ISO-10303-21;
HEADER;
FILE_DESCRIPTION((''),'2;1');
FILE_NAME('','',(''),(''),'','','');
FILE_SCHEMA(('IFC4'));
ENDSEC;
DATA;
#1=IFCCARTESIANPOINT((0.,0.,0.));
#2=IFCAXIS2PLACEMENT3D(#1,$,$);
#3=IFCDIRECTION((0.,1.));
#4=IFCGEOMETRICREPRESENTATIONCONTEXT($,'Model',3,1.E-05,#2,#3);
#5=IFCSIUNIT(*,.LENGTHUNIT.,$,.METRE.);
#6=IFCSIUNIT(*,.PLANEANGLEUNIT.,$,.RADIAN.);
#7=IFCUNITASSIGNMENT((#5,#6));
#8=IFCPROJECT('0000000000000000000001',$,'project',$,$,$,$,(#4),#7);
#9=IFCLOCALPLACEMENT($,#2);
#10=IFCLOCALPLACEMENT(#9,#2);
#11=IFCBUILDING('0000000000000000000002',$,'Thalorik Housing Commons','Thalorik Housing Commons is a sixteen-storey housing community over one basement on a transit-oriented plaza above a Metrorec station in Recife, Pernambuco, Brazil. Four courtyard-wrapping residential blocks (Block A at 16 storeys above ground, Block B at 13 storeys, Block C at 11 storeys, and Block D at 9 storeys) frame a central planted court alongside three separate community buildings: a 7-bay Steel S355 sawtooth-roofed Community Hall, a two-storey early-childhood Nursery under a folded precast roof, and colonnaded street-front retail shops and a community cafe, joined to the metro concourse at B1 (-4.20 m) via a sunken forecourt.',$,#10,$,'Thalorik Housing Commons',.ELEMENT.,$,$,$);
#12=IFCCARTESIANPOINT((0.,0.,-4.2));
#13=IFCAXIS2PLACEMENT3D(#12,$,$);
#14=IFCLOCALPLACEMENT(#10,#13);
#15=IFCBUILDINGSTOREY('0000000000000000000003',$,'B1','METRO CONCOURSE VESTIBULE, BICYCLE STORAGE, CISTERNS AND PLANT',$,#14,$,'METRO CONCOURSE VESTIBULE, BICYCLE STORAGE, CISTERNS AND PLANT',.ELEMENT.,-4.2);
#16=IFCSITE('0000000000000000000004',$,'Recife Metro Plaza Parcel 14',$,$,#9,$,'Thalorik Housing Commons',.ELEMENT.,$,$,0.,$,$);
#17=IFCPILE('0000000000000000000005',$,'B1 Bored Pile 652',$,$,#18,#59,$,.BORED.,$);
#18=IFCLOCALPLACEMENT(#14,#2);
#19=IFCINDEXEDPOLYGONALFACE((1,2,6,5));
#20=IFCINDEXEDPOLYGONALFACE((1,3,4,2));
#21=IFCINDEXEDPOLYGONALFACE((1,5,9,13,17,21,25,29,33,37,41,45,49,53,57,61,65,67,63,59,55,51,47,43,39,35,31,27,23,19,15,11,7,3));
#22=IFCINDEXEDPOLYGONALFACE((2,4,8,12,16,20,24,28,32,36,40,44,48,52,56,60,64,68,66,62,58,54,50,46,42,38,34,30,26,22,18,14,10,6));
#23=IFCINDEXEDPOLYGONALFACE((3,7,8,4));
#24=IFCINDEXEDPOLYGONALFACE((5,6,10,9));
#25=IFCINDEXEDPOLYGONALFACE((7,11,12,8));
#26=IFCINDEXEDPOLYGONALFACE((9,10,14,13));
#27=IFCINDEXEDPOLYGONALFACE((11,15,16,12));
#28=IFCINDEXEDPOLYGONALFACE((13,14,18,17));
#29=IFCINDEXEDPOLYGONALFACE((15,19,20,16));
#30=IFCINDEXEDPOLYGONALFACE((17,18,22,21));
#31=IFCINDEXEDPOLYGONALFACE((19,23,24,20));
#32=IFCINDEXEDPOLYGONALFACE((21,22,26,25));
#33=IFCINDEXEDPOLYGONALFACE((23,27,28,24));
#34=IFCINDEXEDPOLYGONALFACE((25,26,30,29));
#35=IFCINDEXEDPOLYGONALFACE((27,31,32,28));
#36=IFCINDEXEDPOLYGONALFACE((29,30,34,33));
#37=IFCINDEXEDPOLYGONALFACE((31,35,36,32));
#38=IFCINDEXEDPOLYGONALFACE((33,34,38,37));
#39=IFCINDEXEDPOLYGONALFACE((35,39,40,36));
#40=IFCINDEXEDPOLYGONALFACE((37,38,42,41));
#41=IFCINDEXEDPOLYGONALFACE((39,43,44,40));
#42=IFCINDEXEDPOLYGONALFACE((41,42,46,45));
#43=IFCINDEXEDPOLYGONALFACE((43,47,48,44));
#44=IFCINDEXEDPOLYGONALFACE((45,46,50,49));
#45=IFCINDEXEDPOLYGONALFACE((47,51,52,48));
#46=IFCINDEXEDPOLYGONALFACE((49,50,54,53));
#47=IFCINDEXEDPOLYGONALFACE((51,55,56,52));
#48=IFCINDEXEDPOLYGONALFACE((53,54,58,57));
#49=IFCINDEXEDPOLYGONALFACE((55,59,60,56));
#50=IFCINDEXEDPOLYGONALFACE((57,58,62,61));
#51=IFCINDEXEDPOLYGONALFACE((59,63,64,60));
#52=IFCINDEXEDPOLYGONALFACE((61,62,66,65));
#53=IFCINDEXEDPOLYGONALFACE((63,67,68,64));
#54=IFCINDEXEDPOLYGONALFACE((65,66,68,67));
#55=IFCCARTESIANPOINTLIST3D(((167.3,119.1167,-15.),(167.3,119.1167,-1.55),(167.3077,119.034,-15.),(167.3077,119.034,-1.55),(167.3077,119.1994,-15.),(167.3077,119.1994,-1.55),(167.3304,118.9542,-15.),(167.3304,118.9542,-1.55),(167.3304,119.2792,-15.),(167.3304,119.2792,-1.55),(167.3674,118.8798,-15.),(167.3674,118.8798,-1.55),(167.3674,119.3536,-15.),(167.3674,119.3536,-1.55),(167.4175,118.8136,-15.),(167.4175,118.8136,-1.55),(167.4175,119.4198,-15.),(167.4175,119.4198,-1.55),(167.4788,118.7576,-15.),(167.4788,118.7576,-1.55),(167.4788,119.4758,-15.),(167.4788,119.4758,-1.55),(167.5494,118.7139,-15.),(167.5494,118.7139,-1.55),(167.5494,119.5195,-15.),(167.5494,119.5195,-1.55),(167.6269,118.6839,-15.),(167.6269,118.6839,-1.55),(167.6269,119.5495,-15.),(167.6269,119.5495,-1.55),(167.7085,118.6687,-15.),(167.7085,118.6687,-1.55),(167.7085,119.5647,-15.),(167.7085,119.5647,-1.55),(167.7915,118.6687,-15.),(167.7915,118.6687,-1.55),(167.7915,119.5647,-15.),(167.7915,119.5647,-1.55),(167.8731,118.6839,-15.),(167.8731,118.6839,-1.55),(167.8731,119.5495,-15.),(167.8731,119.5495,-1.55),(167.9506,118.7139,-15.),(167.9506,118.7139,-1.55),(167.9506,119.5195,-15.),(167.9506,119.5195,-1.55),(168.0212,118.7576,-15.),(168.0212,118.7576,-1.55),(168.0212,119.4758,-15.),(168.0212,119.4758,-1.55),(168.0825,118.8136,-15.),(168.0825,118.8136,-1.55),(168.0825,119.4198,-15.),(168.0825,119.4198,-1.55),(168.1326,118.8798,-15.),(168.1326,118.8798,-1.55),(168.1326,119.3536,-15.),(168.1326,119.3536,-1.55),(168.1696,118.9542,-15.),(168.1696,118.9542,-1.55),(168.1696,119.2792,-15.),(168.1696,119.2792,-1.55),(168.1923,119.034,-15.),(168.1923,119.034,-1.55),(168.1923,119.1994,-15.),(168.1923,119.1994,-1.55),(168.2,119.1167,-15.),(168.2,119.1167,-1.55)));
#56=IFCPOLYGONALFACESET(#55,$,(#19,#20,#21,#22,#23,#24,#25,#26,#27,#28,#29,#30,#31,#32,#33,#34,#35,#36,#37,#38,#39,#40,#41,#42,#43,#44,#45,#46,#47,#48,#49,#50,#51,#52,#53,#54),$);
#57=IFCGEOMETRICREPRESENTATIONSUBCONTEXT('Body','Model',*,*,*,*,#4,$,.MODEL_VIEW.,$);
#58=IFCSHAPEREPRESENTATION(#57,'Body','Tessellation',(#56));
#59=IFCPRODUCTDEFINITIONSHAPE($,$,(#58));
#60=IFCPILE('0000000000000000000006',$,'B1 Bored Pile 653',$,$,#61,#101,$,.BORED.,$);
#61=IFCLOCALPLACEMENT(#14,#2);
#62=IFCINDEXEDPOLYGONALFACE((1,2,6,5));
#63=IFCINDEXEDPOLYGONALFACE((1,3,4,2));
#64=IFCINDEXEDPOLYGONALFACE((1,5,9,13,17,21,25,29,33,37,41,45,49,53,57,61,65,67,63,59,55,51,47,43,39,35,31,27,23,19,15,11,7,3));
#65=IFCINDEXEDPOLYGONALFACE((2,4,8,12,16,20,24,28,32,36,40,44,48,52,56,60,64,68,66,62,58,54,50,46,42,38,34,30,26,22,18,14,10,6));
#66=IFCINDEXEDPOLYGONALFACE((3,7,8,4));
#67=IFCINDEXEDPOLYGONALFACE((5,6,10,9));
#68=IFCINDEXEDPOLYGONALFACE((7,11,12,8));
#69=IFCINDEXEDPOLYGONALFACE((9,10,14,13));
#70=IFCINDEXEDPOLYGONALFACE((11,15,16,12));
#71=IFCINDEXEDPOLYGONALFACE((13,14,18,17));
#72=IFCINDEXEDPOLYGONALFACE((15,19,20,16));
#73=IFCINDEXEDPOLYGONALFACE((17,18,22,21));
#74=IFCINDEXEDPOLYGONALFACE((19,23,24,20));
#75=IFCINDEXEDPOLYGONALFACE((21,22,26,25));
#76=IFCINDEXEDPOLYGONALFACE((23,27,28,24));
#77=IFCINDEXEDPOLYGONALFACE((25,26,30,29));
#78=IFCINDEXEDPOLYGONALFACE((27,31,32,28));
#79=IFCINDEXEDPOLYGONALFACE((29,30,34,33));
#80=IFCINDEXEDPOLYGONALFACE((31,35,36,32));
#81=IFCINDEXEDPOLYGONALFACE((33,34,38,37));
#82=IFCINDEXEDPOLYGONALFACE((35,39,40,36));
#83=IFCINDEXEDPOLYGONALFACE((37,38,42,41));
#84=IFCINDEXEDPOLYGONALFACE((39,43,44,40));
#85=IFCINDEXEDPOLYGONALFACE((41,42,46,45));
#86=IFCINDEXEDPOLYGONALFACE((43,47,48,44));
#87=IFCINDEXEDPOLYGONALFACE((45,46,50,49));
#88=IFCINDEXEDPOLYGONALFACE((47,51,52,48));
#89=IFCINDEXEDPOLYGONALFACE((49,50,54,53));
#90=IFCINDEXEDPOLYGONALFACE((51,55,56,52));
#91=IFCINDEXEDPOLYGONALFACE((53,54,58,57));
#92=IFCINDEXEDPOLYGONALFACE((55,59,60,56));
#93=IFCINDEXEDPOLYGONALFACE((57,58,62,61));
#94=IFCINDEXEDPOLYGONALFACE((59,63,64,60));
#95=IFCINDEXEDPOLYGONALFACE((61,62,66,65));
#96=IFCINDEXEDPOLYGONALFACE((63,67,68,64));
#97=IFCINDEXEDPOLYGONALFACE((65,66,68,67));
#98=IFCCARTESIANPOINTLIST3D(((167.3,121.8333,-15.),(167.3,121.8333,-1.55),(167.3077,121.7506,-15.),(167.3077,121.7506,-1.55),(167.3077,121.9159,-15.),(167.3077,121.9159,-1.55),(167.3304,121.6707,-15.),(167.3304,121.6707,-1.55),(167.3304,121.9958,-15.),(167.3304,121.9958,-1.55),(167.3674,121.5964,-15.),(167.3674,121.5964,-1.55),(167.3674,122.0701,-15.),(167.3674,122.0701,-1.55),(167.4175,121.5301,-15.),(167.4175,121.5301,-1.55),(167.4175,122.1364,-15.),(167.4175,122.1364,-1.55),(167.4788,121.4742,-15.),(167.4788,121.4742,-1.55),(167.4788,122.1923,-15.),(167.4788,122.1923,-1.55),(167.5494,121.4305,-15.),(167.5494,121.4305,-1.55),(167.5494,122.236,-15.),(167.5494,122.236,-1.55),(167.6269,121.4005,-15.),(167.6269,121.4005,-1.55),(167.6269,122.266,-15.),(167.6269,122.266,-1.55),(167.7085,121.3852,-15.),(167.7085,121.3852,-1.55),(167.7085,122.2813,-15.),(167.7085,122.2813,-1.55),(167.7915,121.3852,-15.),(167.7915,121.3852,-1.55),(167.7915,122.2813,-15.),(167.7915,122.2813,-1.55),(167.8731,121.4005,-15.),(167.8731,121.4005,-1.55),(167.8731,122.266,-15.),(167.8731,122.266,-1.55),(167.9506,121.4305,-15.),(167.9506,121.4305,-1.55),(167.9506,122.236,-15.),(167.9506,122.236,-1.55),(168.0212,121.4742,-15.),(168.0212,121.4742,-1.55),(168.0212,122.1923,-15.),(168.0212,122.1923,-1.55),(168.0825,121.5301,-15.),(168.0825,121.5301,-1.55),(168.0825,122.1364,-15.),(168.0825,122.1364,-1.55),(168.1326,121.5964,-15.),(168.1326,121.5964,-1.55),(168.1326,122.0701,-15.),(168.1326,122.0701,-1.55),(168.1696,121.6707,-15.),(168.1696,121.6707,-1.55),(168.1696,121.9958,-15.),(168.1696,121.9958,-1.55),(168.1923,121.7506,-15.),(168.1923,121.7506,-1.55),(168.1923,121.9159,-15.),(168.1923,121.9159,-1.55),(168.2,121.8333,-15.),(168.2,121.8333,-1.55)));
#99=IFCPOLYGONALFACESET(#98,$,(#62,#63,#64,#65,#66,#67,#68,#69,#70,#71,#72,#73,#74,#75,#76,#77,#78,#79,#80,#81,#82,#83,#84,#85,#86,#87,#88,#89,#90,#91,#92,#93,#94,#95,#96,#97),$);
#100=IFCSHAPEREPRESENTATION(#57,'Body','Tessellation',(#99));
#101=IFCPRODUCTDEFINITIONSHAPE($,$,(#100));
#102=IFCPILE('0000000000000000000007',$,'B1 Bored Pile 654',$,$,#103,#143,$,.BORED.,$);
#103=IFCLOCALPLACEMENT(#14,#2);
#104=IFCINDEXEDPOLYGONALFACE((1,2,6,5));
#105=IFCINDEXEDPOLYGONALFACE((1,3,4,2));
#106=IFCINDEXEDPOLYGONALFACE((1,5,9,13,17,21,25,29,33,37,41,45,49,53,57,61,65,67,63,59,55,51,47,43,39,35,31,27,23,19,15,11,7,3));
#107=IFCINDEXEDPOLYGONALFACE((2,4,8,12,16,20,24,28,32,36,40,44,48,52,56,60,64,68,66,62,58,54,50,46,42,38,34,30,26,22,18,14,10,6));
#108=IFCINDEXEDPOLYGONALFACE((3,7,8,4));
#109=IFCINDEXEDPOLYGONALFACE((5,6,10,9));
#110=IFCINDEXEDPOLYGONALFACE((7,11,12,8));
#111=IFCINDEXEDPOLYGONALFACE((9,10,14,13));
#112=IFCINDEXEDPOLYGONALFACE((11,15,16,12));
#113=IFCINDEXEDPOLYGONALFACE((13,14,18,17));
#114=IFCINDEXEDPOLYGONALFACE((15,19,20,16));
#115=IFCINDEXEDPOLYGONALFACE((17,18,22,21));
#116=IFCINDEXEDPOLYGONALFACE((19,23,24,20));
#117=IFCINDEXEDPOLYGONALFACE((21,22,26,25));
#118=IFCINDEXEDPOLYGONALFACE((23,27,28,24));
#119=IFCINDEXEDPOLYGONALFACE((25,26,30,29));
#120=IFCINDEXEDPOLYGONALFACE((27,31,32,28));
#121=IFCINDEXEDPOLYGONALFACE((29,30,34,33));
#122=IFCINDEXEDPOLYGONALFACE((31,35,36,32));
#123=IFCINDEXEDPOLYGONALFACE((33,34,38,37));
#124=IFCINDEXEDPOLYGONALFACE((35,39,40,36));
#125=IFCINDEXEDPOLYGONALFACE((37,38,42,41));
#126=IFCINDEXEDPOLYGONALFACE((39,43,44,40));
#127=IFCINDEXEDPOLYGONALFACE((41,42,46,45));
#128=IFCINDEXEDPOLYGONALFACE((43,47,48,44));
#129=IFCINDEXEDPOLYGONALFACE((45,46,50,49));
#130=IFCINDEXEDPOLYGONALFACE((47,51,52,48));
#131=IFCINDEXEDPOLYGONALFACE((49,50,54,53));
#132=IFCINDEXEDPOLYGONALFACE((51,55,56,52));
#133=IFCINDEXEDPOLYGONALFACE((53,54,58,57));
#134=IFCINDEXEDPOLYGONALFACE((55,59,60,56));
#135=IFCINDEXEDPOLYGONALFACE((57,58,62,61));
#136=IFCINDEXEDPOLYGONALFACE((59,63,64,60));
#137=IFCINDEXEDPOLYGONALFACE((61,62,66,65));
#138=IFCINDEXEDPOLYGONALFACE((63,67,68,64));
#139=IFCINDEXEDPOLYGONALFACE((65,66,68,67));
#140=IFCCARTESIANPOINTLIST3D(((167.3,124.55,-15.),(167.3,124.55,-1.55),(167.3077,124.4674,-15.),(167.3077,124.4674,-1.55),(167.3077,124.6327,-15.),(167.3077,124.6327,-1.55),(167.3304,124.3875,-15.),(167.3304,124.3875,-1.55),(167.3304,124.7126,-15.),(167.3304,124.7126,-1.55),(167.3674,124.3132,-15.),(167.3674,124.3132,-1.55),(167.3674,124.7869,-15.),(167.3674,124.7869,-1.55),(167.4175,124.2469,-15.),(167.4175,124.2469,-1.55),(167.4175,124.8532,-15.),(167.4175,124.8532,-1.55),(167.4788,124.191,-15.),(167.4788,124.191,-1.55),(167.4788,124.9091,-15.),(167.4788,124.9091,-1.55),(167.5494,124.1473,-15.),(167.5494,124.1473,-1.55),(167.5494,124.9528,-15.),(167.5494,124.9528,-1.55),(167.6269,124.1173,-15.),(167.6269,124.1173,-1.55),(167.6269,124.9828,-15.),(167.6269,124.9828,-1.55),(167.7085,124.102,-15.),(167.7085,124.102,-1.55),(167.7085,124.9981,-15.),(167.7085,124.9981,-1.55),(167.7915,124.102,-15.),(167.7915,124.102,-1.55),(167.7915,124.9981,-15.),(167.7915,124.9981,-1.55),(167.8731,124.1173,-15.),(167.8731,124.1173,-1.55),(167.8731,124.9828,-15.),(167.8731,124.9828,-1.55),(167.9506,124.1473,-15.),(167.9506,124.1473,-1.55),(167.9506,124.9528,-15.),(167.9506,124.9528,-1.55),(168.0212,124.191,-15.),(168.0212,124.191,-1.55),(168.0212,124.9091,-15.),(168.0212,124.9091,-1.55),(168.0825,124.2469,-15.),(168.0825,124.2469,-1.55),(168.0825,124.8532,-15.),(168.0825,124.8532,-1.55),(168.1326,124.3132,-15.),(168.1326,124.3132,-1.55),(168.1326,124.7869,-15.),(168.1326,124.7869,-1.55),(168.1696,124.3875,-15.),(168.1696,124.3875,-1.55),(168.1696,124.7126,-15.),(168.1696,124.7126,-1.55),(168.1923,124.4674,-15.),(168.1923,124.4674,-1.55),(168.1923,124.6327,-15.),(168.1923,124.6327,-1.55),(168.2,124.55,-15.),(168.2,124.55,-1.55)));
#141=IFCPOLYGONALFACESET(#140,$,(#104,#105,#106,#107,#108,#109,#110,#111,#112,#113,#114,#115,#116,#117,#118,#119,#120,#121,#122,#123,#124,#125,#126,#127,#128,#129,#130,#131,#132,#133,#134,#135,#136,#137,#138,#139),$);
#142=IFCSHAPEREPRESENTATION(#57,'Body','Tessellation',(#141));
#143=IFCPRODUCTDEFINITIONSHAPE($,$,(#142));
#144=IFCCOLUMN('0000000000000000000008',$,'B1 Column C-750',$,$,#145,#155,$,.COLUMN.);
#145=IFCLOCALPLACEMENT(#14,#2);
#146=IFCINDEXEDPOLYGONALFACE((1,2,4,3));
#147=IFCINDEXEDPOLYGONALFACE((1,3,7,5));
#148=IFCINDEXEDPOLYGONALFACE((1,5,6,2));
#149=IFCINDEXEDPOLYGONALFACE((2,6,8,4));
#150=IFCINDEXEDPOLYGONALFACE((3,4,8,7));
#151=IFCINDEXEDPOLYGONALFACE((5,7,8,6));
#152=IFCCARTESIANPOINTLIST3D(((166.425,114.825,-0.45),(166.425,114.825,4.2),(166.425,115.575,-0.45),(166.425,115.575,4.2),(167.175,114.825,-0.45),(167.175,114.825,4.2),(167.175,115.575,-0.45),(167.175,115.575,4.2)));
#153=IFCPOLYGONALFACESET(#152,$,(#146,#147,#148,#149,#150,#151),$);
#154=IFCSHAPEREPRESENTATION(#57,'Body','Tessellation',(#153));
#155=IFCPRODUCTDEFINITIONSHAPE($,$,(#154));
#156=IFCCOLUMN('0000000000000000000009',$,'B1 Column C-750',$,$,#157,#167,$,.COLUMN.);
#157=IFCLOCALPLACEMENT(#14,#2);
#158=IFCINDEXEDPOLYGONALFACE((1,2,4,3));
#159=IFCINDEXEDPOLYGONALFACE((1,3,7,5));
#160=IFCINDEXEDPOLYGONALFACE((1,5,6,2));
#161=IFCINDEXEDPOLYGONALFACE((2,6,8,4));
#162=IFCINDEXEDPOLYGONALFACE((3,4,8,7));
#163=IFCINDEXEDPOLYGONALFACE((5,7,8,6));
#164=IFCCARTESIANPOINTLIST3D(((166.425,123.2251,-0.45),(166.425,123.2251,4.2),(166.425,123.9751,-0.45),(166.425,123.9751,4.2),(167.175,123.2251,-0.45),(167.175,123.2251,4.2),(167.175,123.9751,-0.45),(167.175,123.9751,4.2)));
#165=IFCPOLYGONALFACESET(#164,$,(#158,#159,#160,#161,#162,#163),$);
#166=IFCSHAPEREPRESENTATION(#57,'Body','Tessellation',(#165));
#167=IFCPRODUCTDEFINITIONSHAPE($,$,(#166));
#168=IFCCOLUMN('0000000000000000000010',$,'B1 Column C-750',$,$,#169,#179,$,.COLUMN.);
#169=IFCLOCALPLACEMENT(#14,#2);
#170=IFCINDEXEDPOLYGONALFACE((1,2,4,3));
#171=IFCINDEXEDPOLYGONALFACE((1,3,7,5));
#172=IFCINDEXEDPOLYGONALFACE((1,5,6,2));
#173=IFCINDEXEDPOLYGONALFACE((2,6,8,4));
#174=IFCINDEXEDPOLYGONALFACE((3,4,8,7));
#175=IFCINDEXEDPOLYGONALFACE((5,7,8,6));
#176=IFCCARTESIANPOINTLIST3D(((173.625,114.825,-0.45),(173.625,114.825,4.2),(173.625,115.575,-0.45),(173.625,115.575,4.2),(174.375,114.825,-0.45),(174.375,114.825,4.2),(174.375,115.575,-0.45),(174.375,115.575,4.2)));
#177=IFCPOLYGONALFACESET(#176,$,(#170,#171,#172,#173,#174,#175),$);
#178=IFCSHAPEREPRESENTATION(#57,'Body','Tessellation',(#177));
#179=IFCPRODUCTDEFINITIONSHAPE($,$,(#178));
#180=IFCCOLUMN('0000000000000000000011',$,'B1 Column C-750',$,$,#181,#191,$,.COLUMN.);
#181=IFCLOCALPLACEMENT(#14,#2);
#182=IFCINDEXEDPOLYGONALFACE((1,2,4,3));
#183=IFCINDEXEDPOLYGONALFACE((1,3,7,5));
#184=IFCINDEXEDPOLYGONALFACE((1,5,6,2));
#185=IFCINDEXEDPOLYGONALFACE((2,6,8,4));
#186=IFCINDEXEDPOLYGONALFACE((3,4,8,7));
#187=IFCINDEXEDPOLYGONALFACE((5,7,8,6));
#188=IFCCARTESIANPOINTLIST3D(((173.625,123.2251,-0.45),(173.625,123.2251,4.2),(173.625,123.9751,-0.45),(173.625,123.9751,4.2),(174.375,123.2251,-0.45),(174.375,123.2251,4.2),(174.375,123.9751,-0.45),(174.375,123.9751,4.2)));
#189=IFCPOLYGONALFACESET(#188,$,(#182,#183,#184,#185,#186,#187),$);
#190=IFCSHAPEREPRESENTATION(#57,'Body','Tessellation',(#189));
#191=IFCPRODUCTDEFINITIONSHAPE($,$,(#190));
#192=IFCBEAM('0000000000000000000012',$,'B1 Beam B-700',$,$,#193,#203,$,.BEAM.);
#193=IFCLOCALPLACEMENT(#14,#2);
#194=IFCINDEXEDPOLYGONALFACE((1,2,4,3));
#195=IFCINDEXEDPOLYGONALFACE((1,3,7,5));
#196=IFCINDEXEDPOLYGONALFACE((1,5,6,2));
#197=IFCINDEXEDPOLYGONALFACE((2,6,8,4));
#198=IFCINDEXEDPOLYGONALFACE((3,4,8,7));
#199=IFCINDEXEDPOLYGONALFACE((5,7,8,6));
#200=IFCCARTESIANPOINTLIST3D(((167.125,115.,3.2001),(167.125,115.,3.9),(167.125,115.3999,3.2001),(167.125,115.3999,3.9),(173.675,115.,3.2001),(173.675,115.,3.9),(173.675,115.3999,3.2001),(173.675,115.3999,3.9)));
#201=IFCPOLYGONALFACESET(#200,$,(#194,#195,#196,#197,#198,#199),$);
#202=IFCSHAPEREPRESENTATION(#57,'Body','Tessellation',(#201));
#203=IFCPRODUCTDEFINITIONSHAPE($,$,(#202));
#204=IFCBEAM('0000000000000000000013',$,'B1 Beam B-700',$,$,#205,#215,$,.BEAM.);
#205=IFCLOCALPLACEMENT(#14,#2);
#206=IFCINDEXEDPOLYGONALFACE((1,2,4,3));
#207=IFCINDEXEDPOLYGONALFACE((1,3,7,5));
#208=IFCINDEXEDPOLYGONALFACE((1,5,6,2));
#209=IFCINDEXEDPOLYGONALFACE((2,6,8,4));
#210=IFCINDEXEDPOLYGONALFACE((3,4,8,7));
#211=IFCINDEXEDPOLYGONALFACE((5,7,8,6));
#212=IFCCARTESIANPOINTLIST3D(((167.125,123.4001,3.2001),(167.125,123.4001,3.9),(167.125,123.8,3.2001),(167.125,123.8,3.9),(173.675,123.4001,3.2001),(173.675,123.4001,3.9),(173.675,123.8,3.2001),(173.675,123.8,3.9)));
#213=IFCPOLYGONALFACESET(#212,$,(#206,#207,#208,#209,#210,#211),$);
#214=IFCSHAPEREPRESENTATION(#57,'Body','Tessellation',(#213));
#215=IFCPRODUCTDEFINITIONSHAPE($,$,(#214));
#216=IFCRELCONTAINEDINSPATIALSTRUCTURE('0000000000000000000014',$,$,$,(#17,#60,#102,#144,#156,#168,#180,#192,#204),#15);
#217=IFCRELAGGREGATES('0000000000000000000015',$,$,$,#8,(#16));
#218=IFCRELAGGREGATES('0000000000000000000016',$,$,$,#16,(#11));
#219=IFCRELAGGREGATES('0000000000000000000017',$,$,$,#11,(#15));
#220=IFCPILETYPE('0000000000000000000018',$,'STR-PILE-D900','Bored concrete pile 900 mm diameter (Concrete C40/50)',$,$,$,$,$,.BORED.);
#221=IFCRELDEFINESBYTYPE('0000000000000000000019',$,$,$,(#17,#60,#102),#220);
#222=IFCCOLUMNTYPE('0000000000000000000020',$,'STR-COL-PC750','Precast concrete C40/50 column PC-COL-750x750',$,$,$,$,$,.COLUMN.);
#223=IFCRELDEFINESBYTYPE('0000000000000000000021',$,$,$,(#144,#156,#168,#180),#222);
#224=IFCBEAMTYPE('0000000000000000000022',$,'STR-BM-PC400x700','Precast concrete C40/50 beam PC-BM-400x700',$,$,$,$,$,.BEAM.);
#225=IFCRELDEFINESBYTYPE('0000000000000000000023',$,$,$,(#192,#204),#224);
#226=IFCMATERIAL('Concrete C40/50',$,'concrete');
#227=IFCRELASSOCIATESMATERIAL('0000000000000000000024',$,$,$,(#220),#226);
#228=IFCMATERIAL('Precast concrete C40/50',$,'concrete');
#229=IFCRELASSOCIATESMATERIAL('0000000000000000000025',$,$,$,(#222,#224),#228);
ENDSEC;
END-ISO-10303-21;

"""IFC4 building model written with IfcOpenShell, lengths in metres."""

from ifc_helpers import new_model, si_unit, direction, frame, origin, origin_2d, place, context, subcontext, project, spatial, rectangle, circle, extrude, material, material_profile, profile_set, type_object, element, save


model = new_model("IFC4")

# Units and contexts
model_context = context("Model", 3, precision=1e-05, world=origin(), true_north=direction((0.0, 1.0)))
body_context = subcontext(model_context, "Body", "Model", "MODEL_VIEW")
ifc_project = project(units=[si_unit("LENGTHUNIT", "METRE"), si_unit("PLANEANGLEUNIT", "RADIAN")], contexts=[model_context])

# Site, building, storey
site_placement = place(None, origin())
site = spatial("IfcSite", under=ifc_project, at=site_placement, Name="Recife Metro Plaza Parcel 14", LongName="Thalorik Housing Commons", CompositionType="ELEMENT", RefElevation=0.0)
building_placement = place(site_placement, origin())
building = spatial("IfcBuilding", under=site, at=building_placement, Name="Thalorik Housing Commons", Description="Thalorik Housing Commons is a sixteen-storey housing community over one basement on a transit-oriented plaza above a Metrorec station in Recife, Pernambuco, Brazil. Four courtyard-wrapping residential blocks (Block A at 16 storeys above ground, Block B at 13 storeys, Block C at 11 storeys, and Block D at 9 storeys) frame a central planted court alongside three separate community buildings: a 7-bay Steel S355 sawtooth-roofed Community Hall, a two-storey early-childhood Nursery under a folded precast roof, and colonnaded street-front retail shops and a community cafe, joined to the metro concourse at B1 (-4.20 m) via a sunken forecourt.", LongName="Thalorik Housing Commons", CompositionType="ELEMENT")
storey_placement = place(building_placement, frame((0.0, 0.0, -4.2)))
storey = spatial("IfcBuildingStorey", under=building, at=storey_placement, Name="B1", Description="METRO CONCOURSE VESTIBULE, BICYCLE STORAGE, CISTERNS AND PLANT", LongName="METRO CONCOURSE VESTIBULE, BICYCLE STORAGE, CISTERNS AND PLANT", CompositionType="ELEMENT", Elevation=-4.2)

# Shared definitions
ifc_material_1 = material(Name="Concrete C40/50", Category="concrete")

# Piles
ifc_material_profile_1 = material_profile(ifc_material_1, circle(Radius=0.45, at=origin_2d()), Name="BORED PILE D900", Category="concrete")
ifc_profile_set_1 = profile_set([ifc_material_profile_1], Name="Concrete C40/50")
pile_type_1 = type_object("IfcPileType", Name="STR-PILE-D900", Description="Bored concrete pile 900 mm diameter (Concrete C40/50)", PredefinedType="BORED", material=ifc_profile_set_1)
for number, where, z_axis, x_axis, name in (
    (1, (167.75, 119.1167, -1.55), (0.0, 0.0, -1.0), (1.0, 0.0, 0.0), "B1 Bored Pile 652"),
    (2, (167.75, 121.8333, -1.55), (0.0, 0.0, -1.0), (1.0, 0.0, 0.0), "B1 Bored Pile 653"),
    (3, (167.75, 124.55, -1.55), (0.0, 0.0, -1.0), (1.0, 0.0, 0.0), "B1 Bored Pile 654"),
):
    element("IfcPile", number, at=place(storey_placement, frame(where, z_axis=z_axis, x_axis=x_axis)), inside=storey, type_object=pile_type_1, Name=name, PredefinedType="BORED", context=body_context, shape_type="SweptSolid", body=[
        extrude(circle(Radius=0.45, at=origin_2d()), origin(), (0.0, 0.0, 1.0), 13.45),
    ])

# Columns
ifc_material_2 = material(Name="Precast concrete C40/50", Category="concrete")
ifc_material_profile_2 = material_profile(ifc_material_2, rectangle(XDim=0.75, YDim=0.75, at=origin_2d()), Name="PC 750x750", Category="concrete")
ifc_profile_set_2 = profile_set([ifc_material_profile_2], Name="Precast concrete C40/50")
column_type = type_object("IfcColumnType", Name="STR-COL-PC750", Description="Precast concrete C40/50 column PC-COL-750x750", PredefinedType="COLUMN", material=ifc_profile_set_2)
for number, where, z_axis, x_axis, name in (
    (4, (166.8, 115.2, -0.45), (0.0, 0.0, 1.0), (1.0, 0.0, 0.0), "B1 Column C-750"),
    (5, (166.8, 123.6001, -0.45), (0.0, 0.0, 1.0), (1.0, 0.0, 0.0), "B1 Column C-750"),
    (6, (174.0, 115.2, -0.45), (0.0, 0.0, 1.0), (1.0, 0.0, 0.0), "B1 Column C-750"),
    (7, (174.0, 123.6001, -0.45), (0.0, 0.0, 1.0), (1.0, 0.0, 0.0), "B1 Column C-750"),
):
    element("IfcColumn", number, at=place(storey_placement, frame(where, z_axis=z_axis, x_axis=x_axis)), inside=storey, type_object=column_type, Name=name, PredefinedType="COLUMN", context=body_context, shape_type="SweptSolid", body=[
        extrude(rectangle(XDim=0.75, YDim=0.75, at=origin_2d()), origin(), (0.0, 0.0, 1.0), 4.6499),
    ])

# Beams
ifc_material_profile_3 = material_profile(ifc_material_2, rectangle(XDim=0.3999, YDim=0.7, at=origin_2d()), Name="PC 400x700", Category="concrete")
ifc_profile_set_3 = profile_set([ifc_material_profile_3], Name="Precast concrete C40/50")
beam_type = type_object("IfcBeamType", Name="STR-BM-PC400x700", Description="Precast concrete C40/50 beam PC-BM-400x700", PredefinedType="BEAM", material=ifc_profile_set_3)
for number, where, z_axis, x_axis, name in (
    (8, (167.125, 115.2, 3.55), (1.0, 0.0, 0.0), (0.0, 1.0, 0.0), "B1 Beam B-700"),
    (9, (167.125, 123.6001, 3.55), (1.0, 0.0, 0.0), (0.0, 1.0, 0.0), "B1 Beam B-700"),
):
    element("IfcBeam", number, at=place(storey_placement, frame(where, z_axis=z_axis, x_axis=x_axis)), inside=storey, type_object=beam_type, Name=name, PredefinedType="BEAM", context=body_context, shape_type="SweptSolid", body=[
        extrude(rectangle(XDim=0.3999, YDim=0.7, at=origin_2d()), origin(), (0.0, 0.0, 1.0), 6.55),
    ])

save(model, "model.ifc")
